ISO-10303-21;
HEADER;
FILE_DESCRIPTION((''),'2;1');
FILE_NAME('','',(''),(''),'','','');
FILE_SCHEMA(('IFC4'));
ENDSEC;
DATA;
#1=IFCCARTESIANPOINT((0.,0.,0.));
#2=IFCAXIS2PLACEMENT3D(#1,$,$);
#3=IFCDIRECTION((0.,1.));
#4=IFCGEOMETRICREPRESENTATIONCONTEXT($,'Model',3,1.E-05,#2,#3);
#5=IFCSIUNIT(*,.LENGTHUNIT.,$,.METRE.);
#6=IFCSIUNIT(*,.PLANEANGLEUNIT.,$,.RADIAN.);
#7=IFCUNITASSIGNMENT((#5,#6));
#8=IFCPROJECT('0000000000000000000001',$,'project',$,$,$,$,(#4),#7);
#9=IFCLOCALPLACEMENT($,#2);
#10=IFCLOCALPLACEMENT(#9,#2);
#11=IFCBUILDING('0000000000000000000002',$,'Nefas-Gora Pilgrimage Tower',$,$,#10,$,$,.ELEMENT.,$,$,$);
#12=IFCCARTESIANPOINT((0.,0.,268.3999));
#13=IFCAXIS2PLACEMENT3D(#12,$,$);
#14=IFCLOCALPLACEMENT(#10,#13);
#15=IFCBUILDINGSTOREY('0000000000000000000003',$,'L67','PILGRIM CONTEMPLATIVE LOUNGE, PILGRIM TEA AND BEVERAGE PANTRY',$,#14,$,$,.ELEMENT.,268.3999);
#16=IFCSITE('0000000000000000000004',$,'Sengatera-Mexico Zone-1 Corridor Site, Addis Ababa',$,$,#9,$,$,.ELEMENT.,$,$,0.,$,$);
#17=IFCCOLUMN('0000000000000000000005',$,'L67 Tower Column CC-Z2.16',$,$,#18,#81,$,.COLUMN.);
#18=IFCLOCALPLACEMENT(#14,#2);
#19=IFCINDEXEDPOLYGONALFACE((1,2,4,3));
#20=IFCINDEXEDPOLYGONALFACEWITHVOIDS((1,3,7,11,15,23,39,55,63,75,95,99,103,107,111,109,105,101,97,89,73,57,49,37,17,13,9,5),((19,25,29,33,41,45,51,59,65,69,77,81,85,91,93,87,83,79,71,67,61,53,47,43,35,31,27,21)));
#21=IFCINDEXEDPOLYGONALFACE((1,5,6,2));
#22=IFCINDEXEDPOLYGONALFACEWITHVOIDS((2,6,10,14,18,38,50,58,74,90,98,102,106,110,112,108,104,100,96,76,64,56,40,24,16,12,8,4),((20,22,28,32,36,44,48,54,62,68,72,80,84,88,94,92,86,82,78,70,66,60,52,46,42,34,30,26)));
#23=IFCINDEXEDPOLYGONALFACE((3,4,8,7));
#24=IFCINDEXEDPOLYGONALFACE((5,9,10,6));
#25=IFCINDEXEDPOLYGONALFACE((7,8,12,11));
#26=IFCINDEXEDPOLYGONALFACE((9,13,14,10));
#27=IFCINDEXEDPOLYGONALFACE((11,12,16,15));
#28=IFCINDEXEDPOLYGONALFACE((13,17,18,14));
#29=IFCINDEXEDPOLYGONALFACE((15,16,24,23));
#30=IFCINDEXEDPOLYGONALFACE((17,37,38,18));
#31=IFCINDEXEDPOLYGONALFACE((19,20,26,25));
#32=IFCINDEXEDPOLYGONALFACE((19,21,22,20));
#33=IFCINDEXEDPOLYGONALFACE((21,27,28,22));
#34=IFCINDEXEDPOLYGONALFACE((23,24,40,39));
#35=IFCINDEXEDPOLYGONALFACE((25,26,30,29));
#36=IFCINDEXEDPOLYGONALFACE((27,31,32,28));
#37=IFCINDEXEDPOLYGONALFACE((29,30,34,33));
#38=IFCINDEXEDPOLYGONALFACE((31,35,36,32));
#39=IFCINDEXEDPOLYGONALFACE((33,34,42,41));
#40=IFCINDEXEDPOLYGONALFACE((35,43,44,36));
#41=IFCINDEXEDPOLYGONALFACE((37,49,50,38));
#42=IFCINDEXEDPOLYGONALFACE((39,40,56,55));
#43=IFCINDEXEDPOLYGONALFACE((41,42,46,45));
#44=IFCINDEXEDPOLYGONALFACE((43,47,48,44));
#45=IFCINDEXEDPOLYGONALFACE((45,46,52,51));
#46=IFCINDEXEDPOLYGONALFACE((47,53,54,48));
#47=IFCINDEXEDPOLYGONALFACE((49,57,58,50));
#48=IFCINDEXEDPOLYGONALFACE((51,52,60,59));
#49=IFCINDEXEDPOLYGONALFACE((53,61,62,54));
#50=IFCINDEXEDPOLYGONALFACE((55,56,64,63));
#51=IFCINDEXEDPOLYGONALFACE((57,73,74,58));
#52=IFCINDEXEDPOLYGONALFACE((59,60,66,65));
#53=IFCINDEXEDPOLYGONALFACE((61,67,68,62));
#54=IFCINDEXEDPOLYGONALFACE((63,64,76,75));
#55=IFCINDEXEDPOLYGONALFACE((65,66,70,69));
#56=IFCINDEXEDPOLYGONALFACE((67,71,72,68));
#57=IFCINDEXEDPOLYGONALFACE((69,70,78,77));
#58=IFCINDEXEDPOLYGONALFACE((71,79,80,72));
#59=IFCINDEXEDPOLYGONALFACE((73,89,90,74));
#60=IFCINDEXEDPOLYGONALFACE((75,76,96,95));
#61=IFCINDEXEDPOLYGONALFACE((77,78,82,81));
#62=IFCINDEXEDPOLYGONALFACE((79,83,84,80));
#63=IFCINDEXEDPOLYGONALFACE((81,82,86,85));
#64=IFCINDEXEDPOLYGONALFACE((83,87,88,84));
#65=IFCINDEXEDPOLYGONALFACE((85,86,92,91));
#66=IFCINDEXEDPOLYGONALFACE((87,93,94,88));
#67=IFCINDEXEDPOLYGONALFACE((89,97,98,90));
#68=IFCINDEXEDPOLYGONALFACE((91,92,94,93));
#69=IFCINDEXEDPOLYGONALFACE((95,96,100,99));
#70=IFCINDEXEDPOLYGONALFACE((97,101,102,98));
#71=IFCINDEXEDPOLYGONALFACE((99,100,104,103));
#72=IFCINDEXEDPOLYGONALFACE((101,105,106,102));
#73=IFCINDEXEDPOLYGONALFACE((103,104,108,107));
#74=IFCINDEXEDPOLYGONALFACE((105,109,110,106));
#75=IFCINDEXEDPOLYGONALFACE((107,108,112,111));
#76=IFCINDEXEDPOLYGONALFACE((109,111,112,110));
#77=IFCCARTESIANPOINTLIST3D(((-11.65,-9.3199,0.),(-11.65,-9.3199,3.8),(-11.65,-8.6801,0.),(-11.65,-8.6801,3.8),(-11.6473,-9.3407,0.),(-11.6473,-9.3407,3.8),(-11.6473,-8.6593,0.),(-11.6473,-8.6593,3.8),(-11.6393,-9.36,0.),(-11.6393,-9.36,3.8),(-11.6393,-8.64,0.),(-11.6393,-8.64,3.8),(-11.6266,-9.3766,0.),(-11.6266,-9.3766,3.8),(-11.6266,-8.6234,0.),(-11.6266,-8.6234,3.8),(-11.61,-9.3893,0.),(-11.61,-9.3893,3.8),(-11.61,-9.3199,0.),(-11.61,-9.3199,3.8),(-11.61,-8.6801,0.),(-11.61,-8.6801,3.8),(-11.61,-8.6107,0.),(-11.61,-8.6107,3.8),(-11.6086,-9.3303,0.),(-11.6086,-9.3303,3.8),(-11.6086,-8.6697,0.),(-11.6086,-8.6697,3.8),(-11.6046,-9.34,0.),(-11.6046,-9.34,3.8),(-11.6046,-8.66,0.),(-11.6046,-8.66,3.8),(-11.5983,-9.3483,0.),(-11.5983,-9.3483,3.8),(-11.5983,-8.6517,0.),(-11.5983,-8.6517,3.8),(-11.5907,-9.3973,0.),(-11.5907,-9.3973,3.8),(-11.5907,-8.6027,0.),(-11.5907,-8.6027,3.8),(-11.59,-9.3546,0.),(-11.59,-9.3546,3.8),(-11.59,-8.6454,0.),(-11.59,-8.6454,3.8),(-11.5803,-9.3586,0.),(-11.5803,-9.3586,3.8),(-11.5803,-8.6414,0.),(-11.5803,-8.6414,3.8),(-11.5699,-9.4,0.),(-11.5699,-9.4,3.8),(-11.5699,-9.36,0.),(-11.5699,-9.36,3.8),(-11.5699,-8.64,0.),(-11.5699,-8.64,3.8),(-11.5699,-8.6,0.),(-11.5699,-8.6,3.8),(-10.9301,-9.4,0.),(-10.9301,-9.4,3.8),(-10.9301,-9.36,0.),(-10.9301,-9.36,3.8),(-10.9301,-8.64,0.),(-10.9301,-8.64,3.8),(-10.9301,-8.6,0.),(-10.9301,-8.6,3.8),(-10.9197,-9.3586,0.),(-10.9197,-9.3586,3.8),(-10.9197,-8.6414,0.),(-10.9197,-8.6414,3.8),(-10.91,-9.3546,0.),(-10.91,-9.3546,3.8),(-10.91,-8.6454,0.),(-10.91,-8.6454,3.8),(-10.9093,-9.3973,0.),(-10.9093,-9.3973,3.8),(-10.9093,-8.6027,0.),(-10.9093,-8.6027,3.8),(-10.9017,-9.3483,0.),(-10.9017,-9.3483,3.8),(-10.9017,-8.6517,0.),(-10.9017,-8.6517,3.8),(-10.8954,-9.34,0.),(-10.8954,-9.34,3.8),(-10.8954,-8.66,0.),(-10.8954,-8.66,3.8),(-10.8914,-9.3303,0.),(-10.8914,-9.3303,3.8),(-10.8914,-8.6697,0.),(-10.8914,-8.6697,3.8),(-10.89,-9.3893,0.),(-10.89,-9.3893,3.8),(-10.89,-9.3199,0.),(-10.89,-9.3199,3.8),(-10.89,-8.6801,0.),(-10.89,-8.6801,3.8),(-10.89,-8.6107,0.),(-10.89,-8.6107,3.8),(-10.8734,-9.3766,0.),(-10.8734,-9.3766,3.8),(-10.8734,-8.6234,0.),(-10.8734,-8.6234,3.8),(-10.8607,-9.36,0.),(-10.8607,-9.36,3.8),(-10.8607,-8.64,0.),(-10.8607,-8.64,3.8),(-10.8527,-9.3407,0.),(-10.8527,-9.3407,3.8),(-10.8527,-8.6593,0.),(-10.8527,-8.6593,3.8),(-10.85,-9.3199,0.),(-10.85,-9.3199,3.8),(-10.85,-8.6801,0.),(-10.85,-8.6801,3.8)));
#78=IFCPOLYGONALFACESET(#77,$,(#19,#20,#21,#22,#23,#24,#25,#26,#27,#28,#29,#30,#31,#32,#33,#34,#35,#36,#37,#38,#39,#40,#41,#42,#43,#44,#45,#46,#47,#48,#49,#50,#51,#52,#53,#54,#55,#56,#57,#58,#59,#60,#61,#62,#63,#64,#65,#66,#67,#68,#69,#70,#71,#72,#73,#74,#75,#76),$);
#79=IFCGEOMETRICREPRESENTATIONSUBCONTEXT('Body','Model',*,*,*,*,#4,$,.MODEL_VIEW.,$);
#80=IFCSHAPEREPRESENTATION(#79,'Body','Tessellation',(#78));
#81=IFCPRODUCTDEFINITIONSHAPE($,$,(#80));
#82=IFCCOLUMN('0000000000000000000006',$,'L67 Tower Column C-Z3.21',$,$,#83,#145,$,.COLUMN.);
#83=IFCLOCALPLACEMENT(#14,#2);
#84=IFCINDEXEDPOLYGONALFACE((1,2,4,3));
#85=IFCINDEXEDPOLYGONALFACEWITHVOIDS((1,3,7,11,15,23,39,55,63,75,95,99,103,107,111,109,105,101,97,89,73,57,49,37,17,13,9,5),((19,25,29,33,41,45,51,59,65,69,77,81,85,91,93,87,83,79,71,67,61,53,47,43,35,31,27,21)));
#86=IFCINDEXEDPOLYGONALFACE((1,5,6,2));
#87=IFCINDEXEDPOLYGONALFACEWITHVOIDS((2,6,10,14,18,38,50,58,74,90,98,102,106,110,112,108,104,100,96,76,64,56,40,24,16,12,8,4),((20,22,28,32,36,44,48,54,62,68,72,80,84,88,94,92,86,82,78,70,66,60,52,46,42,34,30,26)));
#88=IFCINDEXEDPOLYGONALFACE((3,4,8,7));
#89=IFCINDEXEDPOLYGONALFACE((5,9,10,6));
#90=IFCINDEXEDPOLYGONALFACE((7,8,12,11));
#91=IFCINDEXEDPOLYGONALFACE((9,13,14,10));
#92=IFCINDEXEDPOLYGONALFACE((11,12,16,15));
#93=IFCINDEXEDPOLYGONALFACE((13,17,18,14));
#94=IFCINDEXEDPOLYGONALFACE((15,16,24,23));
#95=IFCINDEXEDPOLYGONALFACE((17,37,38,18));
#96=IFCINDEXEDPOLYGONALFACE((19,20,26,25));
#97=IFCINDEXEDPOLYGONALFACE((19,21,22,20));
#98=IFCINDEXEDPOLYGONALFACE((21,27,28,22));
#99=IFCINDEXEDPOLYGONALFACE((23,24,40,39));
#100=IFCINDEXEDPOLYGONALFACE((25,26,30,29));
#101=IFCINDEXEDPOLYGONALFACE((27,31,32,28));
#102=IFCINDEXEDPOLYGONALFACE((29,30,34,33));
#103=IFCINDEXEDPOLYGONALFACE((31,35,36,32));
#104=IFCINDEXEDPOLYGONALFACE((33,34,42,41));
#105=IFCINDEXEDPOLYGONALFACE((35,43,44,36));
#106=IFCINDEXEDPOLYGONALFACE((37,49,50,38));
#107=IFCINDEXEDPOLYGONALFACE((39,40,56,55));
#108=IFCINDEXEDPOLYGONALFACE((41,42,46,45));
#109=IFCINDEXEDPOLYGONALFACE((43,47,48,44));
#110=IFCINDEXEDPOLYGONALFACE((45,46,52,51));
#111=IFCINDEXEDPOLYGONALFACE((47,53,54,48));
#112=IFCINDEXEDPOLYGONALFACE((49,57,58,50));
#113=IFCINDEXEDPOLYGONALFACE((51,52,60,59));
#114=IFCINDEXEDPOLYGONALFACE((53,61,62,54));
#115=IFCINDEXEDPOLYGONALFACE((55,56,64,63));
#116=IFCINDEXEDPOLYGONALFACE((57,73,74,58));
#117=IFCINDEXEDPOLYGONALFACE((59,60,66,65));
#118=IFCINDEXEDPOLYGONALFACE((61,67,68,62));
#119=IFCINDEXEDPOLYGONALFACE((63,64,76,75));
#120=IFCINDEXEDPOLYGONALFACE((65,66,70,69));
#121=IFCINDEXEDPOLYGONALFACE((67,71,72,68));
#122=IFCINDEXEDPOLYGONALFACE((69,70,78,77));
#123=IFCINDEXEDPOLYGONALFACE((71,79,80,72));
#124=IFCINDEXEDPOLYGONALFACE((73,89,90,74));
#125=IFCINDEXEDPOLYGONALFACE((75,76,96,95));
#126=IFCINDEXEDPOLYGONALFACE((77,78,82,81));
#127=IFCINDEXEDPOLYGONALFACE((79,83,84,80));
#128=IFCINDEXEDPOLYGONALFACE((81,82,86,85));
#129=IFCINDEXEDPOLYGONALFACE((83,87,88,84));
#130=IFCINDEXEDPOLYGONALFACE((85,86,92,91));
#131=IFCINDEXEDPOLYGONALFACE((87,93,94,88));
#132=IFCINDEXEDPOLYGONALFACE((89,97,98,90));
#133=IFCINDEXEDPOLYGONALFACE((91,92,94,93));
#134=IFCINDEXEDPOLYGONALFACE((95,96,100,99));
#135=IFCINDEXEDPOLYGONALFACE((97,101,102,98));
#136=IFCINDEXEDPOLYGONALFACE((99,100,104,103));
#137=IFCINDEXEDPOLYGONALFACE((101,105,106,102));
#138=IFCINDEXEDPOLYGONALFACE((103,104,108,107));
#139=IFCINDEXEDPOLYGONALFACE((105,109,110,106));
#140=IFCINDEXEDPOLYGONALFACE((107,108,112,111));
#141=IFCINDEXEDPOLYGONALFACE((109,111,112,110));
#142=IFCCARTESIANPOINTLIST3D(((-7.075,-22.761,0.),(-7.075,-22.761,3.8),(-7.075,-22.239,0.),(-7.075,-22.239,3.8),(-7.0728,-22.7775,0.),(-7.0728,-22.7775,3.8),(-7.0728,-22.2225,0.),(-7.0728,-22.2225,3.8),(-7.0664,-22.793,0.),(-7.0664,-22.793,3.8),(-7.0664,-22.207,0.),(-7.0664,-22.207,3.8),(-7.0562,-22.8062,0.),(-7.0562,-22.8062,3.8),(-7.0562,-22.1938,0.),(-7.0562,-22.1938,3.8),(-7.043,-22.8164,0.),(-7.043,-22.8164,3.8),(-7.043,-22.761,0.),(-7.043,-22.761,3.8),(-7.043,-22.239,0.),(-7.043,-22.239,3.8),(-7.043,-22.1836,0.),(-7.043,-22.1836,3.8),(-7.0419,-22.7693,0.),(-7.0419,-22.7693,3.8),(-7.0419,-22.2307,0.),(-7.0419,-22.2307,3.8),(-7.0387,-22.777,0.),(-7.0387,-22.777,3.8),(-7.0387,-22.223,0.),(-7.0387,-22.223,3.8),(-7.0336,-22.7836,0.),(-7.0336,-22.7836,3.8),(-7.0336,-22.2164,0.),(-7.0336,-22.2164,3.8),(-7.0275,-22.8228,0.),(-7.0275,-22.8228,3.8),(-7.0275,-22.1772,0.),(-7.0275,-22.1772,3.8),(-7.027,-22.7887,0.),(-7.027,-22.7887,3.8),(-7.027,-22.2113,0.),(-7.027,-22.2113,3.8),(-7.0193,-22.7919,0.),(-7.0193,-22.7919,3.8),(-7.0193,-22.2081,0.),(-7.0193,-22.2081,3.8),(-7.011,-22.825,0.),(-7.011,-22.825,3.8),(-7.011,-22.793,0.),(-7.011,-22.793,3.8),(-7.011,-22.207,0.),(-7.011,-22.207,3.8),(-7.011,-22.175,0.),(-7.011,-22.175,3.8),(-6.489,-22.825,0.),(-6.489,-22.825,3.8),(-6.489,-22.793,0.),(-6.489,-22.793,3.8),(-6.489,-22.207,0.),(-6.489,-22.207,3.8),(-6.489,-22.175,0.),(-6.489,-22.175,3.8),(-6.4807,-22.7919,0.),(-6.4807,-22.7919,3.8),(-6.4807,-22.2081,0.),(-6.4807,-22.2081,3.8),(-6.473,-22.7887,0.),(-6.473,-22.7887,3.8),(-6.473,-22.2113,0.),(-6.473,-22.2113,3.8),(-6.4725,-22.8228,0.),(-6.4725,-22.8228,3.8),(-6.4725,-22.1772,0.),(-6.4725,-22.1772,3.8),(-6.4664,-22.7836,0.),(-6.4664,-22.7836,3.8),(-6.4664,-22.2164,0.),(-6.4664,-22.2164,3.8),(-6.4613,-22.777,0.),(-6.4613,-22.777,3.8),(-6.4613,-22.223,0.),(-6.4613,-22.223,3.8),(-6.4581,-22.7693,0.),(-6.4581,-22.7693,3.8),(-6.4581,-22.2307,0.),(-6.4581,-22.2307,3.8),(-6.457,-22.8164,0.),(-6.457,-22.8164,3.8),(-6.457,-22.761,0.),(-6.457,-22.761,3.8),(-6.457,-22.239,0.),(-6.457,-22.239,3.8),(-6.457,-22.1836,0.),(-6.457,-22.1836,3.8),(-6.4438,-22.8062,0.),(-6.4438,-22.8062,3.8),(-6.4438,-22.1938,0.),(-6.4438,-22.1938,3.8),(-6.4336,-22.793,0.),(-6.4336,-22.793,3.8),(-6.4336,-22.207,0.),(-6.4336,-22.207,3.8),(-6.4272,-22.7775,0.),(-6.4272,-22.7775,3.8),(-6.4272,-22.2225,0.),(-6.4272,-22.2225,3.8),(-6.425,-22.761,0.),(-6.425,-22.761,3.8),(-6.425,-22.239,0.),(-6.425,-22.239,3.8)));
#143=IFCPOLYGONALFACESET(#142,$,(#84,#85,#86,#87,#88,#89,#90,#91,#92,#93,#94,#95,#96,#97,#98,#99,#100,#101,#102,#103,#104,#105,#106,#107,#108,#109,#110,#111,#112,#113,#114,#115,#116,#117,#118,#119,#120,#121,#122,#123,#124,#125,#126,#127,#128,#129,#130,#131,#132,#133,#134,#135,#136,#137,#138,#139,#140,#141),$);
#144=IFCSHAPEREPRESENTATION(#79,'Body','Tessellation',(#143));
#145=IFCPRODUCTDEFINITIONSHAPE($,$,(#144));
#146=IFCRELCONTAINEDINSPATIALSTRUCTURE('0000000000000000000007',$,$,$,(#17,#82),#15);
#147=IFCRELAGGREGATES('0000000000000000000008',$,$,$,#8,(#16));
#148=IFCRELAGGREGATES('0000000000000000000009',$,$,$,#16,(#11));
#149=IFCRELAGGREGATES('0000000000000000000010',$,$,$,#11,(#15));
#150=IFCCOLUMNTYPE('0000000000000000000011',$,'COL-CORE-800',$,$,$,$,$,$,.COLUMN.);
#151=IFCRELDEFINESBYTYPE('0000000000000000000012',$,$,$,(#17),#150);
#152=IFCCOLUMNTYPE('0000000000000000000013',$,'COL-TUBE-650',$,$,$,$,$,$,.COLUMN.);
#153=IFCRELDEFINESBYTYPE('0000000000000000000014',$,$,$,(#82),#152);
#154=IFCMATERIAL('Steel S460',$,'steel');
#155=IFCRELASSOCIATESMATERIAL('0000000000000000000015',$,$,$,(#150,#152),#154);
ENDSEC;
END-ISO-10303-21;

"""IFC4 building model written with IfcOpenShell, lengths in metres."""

from ifc_helpers import new_model, si_unit, direction, frame, origin, origin_2d, place, context, subcontext, project, spatial, hollow_rectangle, extrude, source, transform, mapped, material, material_profile, profile_set, type_object, element, save


model = new_model("IFC4")

# Units and contexts
model_context = context("Model", 3, precision=1e-05, world=origin(), true_north=direction((0.0, 1.0)))
body_context = subcontext(model_context, "Body", "Model", "MODEL_VIEW")
ifc_project = project(units=[si_unit("LENGTHUNIT", "METRE"), si_unit("PLANEANGLEUNIT", "RADIAN")], contexts=[model_context])

# Site, building, storey
site_placement = place(None, origin())
site = spatial("IfcSite", under=ifc_project, at=site_placement, Name="Sengatera-Mexico Zone-1 Corridor Site, Addis Ababa", CompositionType="ELEMENT", RefElevation=0.0)
building_placement = place(site_placement, origin())
building = spatial("IfcBuilding", under=site, at=building_placement, Name="Nefas-Gora Pilgrimage Tower", CompositionType="ELEMENT")
storey_placement = place(building_placement, frame((0.0, 0.0, 268.3999)))
storey = spatial("IfcBuildingStorey", under=building, at=storey_placement, Name="L67", Description="PILGRIM CONTEMPLATIVE LOUNGE, PILGRIM TEA AND BEVERAGE PANTRY", CompositionType="ELEMENT", Elevation=268.3999)

# Columns
ifc_material_1 = material(Name="Steel S460", Category="steel")
ifc_material_profile_1 = material_profile(ifc_material_1, hollow_rectangle(XDim=0.8, YDim=0.8, WallThickness=0.04, InnerFilletRadius=0.04, OuterFilletRadius=0.0801, at=origin_2d()), Name="BOX 800x800x40")
ifc_profile_set_1 = profile_set([ifc_material_profile_1], Name="Steel S460")
column_type_1 = type_object("IfcColumnType", Name="COL-CORE-800", PredefinedType="COLUMN", material=ifc_profile_set_1)
shared_shape_1 = source(origin(), body_context, "Body", "SweptSolid", [
    extrude(hollow_rectangle(XDim=0.8, YDim=0.8, WallThickness=0.04, InnerFilletRadius=0.04, OuterFilletRadius=0.0801, at=origin_2d()), origin(), (0.0, 0.0, 1.0), 3.8),
])
column_placement = place(storey_placement, frame((-11.25, -9.0, 0.0), z_axis=(0.0, 0.0, 1.0), x_axis=(1.0, 0.0, 0.0)))
element("IfcColumn", 1, at=column_placement, inside=storey, type_object=column_type_1, Name="L67 Tower Column CC-Z2.16", PredefinedType="COLUMN", context=body_context, shape_type="MappedRepresentation", body=[
    mapped(shared_shape_1, transform((0.0, 0.0, 0.0), x_axis=(1.0, 0.0, 0.0), y_axis=(0.0, 1.0, 0.0), z_axis=(0.0, 0.0, 1.0), scale=1.0)),
])
ifc_material_profile_2 = material_profile(ifc_material_1, hollow_rectangle(XDim=0.6499, YDim=0.6499, WallThickness=0.032, InnerFilletRadius=0.032, OuterFilletRadius=0.064, at=origin_2d()), Name="BOX 650x650x32")
ifc_profile_set_2 = profile_set([ifc_material_profile_2], Name="Steel S460")
column_type_2 = type_object("IfcColumnType", Name="COL-TUBE-650", PredefinedType="COLUMN", material=ifc_profile_set_2)
shared_shape_2 = source(origin(), body_context, "Body", "SweptSolid", [
    extrude(hollow_rectangle(XDim=0.6499, YDim=0.6499, WallThickness=0.032, InnerFilletRadius=0.032, OuterFilletRadius=0.064, at=origin_2d()), origin(), (0.0, 0.0, 1.0), 3.8),
])
for number, where, z_axis, x_axis, name in (
    (2, (-6.75, -22.5, 0.0), (0.0, 0.0, 1.0), (1.0, 0.0, 0.0), "L67 Tower Column C-Z3.21"),
):
    element("IfcColumn", number, at=place(storey_placement, frame(where, z_axis=z_axis, x_axis=x_axis)), inside=storey, type_object=column_type_2, Name=name, PredefinedType="COLUMN", context=body_context, shape_type="MappedRepresentation", body=[
        mapped(shared_shape_2, transform((0.0, 0.0, 0.0), x_axis=(1.0, 0.0, 0.0), y_axis=(0.0, 1.0, 0.0), z_axis=(0.0, 0.0, 1.0), scale=1.0)),
    ])

save(model, "model.ifc")
